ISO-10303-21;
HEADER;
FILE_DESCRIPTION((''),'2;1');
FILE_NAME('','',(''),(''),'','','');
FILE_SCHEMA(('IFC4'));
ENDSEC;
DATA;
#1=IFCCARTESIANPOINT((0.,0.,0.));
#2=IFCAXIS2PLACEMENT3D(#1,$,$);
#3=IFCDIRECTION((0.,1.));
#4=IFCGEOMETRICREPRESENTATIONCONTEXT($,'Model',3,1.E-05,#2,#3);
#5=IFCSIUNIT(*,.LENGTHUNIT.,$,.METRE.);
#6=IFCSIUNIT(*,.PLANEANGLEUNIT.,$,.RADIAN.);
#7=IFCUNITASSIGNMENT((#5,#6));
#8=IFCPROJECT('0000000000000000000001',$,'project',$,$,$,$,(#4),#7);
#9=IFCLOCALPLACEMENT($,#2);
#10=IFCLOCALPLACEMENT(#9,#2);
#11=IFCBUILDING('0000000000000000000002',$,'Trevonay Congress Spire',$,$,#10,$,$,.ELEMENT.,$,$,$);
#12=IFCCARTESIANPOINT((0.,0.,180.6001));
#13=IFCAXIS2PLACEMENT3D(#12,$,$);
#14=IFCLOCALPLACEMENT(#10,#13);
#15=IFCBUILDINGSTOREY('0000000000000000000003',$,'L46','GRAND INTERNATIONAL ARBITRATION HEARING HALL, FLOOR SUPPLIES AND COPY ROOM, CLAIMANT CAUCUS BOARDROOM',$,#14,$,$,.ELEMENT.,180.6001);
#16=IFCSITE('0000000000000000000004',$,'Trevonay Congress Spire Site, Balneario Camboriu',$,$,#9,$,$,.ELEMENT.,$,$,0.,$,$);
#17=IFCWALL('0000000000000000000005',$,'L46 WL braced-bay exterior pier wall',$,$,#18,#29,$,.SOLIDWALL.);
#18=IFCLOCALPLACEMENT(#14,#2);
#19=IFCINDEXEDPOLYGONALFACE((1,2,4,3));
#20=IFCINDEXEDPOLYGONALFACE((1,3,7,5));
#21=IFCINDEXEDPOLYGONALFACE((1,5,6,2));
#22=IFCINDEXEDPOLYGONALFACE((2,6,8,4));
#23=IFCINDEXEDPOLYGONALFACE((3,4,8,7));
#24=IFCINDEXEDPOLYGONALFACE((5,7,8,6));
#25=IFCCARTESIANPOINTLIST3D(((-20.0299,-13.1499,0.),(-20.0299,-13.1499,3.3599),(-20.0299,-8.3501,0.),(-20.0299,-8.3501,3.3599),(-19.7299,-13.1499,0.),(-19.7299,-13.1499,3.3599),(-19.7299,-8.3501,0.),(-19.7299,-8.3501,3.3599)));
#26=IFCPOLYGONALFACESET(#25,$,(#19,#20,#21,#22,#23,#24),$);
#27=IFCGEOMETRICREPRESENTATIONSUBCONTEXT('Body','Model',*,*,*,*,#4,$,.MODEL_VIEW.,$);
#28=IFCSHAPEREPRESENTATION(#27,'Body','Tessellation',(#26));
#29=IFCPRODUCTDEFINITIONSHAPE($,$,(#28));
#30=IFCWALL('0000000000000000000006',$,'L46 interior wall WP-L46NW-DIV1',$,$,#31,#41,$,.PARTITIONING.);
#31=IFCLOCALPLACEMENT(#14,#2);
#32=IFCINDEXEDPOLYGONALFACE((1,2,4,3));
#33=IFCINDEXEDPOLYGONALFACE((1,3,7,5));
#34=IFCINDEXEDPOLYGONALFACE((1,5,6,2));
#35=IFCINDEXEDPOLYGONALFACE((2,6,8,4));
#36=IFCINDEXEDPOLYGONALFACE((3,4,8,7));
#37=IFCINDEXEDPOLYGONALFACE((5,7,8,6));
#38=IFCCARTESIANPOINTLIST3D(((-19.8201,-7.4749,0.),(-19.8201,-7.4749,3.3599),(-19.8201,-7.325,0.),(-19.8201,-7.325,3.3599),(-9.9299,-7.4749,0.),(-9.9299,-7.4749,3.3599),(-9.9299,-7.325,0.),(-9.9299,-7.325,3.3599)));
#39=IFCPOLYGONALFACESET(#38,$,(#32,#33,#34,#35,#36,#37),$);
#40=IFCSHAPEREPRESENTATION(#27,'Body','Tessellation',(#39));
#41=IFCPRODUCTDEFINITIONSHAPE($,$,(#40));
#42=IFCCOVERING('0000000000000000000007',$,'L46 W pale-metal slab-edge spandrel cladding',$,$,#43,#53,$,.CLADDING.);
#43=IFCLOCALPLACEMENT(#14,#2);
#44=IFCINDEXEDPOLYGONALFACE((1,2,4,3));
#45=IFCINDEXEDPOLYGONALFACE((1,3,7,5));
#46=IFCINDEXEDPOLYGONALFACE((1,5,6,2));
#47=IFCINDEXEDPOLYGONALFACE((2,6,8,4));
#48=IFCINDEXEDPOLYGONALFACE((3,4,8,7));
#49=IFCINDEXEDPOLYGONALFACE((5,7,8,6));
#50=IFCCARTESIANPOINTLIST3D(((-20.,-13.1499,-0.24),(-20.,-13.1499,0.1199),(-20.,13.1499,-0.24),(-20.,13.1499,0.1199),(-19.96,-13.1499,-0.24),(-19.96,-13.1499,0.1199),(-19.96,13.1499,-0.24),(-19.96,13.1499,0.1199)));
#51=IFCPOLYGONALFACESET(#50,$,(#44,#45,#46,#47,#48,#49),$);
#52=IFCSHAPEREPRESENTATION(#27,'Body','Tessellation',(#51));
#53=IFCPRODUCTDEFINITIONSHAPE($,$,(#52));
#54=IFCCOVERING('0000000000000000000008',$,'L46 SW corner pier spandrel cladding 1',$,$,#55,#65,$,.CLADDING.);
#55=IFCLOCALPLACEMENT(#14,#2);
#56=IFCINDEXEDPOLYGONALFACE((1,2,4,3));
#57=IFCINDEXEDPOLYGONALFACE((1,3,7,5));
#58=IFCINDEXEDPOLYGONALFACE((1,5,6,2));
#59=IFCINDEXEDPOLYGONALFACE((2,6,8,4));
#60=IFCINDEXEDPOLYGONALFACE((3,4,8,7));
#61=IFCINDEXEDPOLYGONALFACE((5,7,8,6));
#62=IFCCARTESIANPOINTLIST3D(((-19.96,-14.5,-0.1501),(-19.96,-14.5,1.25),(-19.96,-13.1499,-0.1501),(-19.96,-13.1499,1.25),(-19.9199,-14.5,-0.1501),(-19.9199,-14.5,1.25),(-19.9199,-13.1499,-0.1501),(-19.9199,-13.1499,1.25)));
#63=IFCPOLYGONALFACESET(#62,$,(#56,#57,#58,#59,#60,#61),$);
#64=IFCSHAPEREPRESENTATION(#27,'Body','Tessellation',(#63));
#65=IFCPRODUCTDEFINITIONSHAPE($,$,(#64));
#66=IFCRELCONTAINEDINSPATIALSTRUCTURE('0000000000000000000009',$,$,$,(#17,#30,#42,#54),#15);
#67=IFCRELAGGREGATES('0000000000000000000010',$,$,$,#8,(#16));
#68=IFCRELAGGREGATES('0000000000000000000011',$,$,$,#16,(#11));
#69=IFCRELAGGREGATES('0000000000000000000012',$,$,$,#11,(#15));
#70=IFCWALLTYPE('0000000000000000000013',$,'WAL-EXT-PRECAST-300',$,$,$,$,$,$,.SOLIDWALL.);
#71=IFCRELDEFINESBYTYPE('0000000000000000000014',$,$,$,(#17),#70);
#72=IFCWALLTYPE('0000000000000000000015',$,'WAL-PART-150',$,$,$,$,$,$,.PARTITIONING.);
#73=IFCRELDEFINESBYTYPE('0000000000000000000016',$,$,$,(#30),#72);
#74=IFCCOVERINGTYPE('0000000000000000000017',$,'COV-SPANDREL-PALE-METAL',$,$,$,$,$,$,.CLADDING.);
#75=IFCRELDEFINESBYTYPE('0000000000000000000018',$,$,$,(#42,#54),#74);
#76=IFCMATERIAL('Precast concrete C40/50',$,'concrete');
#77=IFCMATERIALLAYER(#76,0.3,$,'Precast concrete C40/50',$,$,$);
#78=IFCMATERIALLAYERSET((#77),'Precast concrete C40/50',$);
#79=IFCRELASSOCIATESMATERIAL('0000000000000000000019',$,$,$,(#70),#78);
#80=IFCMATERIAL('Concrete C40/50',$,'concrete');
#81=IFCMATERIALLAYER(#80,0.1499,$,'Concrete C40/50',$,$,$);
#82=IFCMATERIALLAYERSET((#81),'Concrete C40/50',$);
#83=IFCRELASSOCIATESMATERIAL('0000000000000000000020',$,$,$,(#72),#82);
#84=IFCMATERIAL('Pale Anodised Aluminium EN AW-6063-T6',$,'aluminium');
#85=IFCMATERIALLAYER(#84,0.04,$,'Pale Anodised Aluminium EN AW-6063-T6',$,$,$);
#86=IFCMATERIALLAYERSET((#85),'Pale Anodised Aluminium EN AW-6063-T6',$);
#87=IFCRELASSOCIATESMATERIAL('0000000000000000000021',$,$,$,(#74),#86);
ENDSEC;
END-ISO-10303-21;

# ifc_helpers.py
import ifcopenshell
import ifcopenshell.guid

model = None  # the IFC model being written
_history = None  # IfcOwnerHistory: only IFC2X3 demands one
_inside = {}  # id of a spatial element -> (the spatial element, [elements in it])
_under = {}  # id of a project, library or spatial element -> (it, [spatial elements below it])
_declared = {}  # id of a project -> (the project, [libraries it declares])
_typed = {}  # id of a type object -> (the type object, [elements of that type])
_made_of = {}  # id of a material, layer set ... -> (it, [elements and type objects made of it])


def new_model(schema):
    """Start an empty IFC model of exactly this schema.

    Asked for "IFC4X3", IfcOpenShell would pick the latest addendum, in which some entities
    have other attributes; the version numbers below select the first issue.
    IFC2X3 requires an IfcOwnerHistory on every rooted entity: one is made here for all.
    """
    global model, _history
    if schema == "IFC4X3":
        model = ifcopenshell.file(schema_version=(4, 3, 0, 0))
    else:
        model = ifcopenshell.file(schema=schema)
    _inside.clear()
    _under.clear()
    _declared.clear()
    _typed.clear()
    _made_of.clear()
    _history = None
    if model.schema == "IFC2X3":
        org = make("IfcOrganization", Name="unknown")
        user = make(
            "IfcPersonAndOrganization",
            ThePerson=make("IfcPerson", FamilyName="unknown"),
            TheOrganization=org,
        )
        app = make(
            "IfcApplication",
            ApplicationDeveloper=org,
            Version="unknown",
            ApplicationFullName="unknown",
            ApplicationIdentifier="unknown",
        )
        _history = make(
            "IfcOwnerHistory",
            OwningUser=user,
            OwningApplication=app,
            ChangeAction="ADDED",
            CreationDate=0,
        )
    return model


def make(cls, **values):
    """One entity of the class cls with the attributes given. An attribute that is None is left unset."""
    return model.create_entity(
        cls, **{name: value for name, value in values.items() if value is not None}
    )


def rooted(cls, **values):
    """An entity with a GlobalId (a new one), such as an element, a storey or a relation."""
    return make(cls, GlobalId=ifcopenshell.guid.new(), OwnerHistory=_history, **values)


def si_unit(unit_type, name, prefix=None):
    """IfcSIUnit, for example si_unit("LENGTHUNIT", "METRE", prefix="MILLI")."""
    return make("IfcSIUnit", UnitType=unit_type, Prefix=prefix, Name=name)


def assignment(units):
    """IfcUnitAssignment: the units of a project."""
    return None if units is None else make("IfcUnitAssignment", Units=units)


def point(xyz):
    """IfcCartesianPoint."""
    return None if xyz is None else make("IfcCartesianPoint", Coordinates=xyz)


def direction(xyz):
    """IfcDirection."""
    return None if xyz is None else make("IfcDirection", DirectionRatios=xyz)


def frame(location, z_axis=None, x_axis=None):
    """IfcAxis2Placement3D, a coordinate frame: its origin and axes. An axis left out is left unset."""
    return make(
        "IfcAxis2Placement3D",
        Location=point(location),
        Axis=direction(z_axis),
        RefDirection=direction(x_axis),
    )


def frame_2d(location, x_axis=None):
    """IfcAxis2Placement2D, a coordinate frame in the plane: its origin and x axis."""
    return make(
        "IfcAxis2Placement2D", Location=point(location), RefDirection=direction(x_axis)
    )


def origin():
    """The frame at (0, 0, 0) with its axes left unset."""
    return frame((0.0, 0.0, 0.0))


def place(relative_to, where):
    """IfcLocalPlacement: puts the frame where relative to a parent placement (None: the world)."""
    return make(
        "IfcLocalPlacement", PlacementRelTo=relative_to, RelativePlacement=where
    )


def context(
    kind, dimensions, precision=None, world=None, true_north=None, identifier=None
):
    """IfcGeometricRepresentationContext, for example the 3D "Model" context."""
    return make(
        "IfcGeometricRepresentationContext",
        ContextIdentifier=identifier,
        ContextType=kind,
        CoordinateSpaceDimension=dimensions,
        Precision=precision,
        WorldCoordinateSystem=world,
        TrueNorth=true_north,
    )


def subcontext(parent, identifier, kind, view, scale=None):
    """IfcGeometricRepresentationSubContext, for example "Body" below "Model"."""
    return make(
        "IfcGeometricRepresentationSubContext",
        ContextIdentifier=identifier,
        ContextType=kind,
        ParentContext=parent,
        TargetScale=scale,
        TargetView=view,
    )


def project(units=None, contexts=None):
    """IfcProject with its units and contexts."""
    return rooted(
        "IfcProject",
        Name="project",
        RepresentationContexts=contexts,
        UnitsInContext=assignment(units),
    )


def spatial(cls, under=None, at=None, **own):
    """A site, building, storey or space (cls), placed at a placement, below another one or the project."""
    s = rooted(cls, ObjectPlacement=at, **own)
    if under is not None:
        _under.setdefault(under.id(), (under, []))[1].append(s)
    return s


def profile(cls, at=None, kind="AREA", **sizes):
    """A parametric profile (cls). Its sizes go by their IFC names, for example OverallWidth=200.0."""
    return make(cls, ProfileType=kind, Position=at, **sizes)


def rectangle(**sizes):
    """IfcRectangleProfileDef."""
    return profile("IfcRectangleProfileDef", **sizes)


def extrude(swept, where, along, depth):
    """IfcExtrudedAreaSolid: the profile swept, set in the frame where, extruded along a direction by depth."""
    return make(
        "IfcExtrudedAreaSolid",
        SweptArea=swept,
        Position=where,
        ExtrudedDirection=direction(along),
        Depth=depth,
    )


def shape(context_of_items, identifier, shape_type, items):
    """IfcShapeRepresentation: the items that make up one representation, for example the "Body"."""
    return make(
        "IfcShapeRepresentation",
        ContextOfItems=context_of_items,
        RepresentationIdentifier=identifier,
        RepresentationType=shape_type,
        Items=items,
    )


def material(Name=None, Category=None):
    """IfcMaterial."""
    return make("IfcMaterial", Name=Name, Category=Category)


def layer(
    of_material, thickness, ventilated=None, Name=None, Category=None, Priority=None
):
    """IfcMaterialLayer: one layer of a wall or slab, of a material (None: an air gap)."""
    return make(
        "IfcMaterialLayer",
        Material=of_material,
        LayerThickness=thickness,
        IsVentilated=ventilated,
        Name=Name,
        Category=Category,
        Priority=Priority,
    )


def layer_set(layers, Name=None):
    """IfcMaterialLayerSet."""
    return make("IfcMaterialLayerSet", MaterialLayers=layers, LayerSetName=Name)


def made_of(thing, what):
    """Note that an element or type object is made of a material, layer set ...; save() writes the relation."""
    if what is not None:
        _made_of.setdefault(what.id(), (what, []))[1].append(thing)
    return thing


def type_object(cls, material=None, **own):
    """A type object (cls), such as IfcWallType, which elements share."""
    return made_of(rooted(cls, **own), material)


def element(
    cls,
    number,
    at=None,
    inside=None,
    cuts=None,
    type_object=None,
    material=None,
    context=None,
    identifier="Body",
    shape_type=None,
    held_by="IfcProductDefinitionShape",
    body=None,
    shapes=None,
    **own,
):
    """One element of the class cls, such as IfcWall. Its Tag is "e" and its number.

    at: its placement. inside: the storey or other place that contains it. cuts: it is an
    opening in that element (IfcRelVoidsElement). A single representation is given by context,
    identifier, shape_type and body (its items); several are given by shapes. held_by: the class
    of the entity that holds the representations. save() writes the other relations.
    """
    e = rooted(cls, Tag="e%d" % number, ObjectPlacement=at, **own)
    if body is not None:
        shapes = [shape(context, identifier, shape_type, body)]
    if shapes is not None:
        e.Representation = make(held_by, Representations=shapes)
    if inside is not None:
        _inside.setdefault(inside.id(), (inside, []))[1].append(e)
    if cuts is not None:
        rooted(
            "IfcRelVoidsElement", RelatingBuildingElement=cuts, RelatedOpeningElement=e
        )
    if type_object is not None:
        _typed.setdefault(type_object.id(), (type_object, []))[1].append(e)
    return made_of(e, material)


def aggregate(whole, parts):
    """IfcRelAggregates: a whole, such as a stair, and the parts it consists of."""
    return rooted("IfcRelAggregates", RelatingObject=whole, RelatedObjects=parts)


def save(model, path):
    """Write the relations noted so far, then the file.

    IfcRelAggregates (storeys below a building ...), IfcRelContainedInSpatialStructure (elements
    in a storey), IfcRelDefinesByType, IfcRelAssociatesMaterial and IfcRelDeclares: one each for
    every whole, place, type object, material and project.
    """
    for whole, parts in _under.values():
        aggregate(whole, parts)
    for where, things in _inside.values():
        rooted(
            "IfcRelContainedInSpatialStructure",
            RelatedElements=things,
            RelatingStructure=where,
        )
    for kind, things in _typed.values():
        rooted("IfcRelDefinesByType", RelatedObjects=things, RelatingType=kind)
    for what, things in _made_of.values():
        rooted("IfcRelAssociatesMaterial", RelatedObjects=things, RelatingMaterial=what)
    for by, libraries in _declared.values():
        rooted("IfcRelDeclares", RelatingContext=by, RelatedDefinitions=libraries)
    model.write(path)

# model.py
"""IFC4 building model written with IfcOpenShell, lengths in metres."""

from ifc_helpers import new_model, si_unit, direction, frame, frame_2d, origin, place, context, subcontext, project, spatial, rectangle, extrude, material, layer, layer_set, type_object, element, save


model = new_model("IFC4")

# Units and contexts
model_context = context("Model", 3, precision=1e-05, world=origin(), true_north=direction((0.0, 1.0)))
body_context = subcontext(model_context, "Body", "Model", "MODEL_VIEW")
ifc_project = project(units=[si_unit("LENGTHUNIT", "METRE"), si_unit("PLANEANGLEUNIT", "RADIAN")], contexts=[model_context])

# Site, building, storey
site_placement = place(None, origin())
site = spatial("IfcSite", under=ifc_project, at=site_placement, Name="Trevonay Congress Spire Site, Balneario Camboriu", CompositionType="ELEMENT", RefElevation=0.0)
building_placement = place(site_placement, origin())
building = spatial("IfcBuilding", under=site, at=building_placement, Name="Trevonay Congress Spire", CompositionType="ELEMENT")
storey_placement = place(building_placement, frame((0.0, 0.0, 180.6001)))
storey = spatial("IfcBuildingStorey", under=building, at=storey_placement, Name="L46", Description="GRAND INTERNATIONAL ARBITRATION HEARING HALL, FLOOR SUPPLIES AND COPY ROOM, CLAIMANT CAUCUS BOARDROOM", CompositionType="ELEMENT", Elevation=180.6001)

# Shared definitions
ifc_material_1 = material(Name="Pale Anodised Aluminium EN AW-6063-T6", Category="aluminium")

# Shared definitions
ifc_material_2 = material(Name="Concrete C40/50", Category="concrete")

# Walls
ifc_material_3 = material(Name="Precast concrete C40/50", Category="concrete")
ifc_layer_1 = layer(ifc_material_3, 0.3, Name="Precast concrete C40/50")
ifc_layer_set_1 = layer_set([ifc_layer_1], Name="Precast concrete C40/50")
wall_type_1 = type_object("IfcWallType", Name="WAL-EXT-PRECAST-300", PredefinedType="SOLIDWALL", material=ifc_layer_set_1)
wall_1_placement = place(storey_placement, frame((-19.8799, -13.1499, 0.0), z_axis=(0.0, 0.0, 1.0), x_axis=(0.0, 1.0, 0.0)))
element("IfcWall", 1, at=wall_1_placement, inside=storey, type_object=wall_type_1, Name="L46 WL braced-bay exterior pier wall", PredefinedType="SOLIDWALL", context=body_context, shape_type="SweptSolid", body=[
    extrude(rectangle(XDim=4.7998, YDim=0.3, at=frame_2d((2.3999, 0.0))), origin(), (0.0, 0.0, 1.0), 3.3599),
])
ifc_layer_2 = layer(ifc_material_2, 0.1499, Name="Concrete C40/50")
ifc_layer_set_2 = layer_set([ifc_layer_2], Name="Concrete C40/50")
wall_type_2 = type_object("IfcWallType", Name="WAL-PART-150", PredefinedType="PARTITIONING", material=ifc_layer_set_2)
wall_2_placement = place(storey_placement, frame((-19.8201, -7.3999, 0.0), z_axis=(0.0, 0.0, 1.0), x_axis=(1.0, 0.0, 0.0)))
element("IfcWall", 2, at=wall_2_placement, inside=storey, type_object=wall_type_2, Name="L46 interior wall WP-L46NW-DIV1", PredefinedType="PARTITIONING", context=body_context, shape_type="SweptSolid", body=[
    extrude(rectangle(XDim=9.8901, YDim=0.1499, at=frame_2d((4.9451, 0.0))), origin(), (0.0, 0.0, 1.0), 3.3599),
])

# Coverings
ifc_layer_3 = layer(ifc_material_1, 0.04, Name="Pale Anodised Aluminium EN AW-6063-T6")
ifc_layer_set_3 = layer_set([ifc_layer_3], Name="Pale Anodised Aluminium EN AW-6063-T6")
covering_type = type_object("IfcCoveringType", Name="COV-SPANDREL-PALE-METAL", PredefinedType="CLADDING", material=ifc_layer_set_3)
covering_1_placement = place(storey_placement, frame((-19.98, -13.1499, -0.24), z_axis=(0.0, 0.0, 1.0), x_axis=(0.0, 1.0, 0.0)))
element("IfcCovering", 3, at=covering_1_placement, inside=storey, type_object=covering_type, Name="L46 W pale-metal slab-edge spandrel cladding", PredefinedType="CLADDING", context=body_context, shape_type="SweptSolid", body=[
    extrude(rectangle(XDim=26.2998, YDim=0.04, at=frame_2d((13.1499, 0.0))), origin(), (0.0, 0.0, 1.0), 0.3599),
])
covering_2_placement = place(storey_placement, frame((-19.9399, -13.1499, -0.1501), z_axis=(0.0, 0.0, 1.0), x_axis=(0.0, -1.0, 0.0)))
element("IfcCovering", 4, at=covering_2_placement, inside=storey, type_object=covering_type, Name="L46 SW corner pier spandrel cladding 1", PredefinedType="CLADDING", context=body_context, shape_type="SweptSolid", body=[
    extrude(rectangle(XDim=1.3501, YDim=0.04, at=frame_2d((0.675, 0.0))), origin(), (0.0, 0.0, 1.0), 1.4001),
])

save(model, "model.ifc")
